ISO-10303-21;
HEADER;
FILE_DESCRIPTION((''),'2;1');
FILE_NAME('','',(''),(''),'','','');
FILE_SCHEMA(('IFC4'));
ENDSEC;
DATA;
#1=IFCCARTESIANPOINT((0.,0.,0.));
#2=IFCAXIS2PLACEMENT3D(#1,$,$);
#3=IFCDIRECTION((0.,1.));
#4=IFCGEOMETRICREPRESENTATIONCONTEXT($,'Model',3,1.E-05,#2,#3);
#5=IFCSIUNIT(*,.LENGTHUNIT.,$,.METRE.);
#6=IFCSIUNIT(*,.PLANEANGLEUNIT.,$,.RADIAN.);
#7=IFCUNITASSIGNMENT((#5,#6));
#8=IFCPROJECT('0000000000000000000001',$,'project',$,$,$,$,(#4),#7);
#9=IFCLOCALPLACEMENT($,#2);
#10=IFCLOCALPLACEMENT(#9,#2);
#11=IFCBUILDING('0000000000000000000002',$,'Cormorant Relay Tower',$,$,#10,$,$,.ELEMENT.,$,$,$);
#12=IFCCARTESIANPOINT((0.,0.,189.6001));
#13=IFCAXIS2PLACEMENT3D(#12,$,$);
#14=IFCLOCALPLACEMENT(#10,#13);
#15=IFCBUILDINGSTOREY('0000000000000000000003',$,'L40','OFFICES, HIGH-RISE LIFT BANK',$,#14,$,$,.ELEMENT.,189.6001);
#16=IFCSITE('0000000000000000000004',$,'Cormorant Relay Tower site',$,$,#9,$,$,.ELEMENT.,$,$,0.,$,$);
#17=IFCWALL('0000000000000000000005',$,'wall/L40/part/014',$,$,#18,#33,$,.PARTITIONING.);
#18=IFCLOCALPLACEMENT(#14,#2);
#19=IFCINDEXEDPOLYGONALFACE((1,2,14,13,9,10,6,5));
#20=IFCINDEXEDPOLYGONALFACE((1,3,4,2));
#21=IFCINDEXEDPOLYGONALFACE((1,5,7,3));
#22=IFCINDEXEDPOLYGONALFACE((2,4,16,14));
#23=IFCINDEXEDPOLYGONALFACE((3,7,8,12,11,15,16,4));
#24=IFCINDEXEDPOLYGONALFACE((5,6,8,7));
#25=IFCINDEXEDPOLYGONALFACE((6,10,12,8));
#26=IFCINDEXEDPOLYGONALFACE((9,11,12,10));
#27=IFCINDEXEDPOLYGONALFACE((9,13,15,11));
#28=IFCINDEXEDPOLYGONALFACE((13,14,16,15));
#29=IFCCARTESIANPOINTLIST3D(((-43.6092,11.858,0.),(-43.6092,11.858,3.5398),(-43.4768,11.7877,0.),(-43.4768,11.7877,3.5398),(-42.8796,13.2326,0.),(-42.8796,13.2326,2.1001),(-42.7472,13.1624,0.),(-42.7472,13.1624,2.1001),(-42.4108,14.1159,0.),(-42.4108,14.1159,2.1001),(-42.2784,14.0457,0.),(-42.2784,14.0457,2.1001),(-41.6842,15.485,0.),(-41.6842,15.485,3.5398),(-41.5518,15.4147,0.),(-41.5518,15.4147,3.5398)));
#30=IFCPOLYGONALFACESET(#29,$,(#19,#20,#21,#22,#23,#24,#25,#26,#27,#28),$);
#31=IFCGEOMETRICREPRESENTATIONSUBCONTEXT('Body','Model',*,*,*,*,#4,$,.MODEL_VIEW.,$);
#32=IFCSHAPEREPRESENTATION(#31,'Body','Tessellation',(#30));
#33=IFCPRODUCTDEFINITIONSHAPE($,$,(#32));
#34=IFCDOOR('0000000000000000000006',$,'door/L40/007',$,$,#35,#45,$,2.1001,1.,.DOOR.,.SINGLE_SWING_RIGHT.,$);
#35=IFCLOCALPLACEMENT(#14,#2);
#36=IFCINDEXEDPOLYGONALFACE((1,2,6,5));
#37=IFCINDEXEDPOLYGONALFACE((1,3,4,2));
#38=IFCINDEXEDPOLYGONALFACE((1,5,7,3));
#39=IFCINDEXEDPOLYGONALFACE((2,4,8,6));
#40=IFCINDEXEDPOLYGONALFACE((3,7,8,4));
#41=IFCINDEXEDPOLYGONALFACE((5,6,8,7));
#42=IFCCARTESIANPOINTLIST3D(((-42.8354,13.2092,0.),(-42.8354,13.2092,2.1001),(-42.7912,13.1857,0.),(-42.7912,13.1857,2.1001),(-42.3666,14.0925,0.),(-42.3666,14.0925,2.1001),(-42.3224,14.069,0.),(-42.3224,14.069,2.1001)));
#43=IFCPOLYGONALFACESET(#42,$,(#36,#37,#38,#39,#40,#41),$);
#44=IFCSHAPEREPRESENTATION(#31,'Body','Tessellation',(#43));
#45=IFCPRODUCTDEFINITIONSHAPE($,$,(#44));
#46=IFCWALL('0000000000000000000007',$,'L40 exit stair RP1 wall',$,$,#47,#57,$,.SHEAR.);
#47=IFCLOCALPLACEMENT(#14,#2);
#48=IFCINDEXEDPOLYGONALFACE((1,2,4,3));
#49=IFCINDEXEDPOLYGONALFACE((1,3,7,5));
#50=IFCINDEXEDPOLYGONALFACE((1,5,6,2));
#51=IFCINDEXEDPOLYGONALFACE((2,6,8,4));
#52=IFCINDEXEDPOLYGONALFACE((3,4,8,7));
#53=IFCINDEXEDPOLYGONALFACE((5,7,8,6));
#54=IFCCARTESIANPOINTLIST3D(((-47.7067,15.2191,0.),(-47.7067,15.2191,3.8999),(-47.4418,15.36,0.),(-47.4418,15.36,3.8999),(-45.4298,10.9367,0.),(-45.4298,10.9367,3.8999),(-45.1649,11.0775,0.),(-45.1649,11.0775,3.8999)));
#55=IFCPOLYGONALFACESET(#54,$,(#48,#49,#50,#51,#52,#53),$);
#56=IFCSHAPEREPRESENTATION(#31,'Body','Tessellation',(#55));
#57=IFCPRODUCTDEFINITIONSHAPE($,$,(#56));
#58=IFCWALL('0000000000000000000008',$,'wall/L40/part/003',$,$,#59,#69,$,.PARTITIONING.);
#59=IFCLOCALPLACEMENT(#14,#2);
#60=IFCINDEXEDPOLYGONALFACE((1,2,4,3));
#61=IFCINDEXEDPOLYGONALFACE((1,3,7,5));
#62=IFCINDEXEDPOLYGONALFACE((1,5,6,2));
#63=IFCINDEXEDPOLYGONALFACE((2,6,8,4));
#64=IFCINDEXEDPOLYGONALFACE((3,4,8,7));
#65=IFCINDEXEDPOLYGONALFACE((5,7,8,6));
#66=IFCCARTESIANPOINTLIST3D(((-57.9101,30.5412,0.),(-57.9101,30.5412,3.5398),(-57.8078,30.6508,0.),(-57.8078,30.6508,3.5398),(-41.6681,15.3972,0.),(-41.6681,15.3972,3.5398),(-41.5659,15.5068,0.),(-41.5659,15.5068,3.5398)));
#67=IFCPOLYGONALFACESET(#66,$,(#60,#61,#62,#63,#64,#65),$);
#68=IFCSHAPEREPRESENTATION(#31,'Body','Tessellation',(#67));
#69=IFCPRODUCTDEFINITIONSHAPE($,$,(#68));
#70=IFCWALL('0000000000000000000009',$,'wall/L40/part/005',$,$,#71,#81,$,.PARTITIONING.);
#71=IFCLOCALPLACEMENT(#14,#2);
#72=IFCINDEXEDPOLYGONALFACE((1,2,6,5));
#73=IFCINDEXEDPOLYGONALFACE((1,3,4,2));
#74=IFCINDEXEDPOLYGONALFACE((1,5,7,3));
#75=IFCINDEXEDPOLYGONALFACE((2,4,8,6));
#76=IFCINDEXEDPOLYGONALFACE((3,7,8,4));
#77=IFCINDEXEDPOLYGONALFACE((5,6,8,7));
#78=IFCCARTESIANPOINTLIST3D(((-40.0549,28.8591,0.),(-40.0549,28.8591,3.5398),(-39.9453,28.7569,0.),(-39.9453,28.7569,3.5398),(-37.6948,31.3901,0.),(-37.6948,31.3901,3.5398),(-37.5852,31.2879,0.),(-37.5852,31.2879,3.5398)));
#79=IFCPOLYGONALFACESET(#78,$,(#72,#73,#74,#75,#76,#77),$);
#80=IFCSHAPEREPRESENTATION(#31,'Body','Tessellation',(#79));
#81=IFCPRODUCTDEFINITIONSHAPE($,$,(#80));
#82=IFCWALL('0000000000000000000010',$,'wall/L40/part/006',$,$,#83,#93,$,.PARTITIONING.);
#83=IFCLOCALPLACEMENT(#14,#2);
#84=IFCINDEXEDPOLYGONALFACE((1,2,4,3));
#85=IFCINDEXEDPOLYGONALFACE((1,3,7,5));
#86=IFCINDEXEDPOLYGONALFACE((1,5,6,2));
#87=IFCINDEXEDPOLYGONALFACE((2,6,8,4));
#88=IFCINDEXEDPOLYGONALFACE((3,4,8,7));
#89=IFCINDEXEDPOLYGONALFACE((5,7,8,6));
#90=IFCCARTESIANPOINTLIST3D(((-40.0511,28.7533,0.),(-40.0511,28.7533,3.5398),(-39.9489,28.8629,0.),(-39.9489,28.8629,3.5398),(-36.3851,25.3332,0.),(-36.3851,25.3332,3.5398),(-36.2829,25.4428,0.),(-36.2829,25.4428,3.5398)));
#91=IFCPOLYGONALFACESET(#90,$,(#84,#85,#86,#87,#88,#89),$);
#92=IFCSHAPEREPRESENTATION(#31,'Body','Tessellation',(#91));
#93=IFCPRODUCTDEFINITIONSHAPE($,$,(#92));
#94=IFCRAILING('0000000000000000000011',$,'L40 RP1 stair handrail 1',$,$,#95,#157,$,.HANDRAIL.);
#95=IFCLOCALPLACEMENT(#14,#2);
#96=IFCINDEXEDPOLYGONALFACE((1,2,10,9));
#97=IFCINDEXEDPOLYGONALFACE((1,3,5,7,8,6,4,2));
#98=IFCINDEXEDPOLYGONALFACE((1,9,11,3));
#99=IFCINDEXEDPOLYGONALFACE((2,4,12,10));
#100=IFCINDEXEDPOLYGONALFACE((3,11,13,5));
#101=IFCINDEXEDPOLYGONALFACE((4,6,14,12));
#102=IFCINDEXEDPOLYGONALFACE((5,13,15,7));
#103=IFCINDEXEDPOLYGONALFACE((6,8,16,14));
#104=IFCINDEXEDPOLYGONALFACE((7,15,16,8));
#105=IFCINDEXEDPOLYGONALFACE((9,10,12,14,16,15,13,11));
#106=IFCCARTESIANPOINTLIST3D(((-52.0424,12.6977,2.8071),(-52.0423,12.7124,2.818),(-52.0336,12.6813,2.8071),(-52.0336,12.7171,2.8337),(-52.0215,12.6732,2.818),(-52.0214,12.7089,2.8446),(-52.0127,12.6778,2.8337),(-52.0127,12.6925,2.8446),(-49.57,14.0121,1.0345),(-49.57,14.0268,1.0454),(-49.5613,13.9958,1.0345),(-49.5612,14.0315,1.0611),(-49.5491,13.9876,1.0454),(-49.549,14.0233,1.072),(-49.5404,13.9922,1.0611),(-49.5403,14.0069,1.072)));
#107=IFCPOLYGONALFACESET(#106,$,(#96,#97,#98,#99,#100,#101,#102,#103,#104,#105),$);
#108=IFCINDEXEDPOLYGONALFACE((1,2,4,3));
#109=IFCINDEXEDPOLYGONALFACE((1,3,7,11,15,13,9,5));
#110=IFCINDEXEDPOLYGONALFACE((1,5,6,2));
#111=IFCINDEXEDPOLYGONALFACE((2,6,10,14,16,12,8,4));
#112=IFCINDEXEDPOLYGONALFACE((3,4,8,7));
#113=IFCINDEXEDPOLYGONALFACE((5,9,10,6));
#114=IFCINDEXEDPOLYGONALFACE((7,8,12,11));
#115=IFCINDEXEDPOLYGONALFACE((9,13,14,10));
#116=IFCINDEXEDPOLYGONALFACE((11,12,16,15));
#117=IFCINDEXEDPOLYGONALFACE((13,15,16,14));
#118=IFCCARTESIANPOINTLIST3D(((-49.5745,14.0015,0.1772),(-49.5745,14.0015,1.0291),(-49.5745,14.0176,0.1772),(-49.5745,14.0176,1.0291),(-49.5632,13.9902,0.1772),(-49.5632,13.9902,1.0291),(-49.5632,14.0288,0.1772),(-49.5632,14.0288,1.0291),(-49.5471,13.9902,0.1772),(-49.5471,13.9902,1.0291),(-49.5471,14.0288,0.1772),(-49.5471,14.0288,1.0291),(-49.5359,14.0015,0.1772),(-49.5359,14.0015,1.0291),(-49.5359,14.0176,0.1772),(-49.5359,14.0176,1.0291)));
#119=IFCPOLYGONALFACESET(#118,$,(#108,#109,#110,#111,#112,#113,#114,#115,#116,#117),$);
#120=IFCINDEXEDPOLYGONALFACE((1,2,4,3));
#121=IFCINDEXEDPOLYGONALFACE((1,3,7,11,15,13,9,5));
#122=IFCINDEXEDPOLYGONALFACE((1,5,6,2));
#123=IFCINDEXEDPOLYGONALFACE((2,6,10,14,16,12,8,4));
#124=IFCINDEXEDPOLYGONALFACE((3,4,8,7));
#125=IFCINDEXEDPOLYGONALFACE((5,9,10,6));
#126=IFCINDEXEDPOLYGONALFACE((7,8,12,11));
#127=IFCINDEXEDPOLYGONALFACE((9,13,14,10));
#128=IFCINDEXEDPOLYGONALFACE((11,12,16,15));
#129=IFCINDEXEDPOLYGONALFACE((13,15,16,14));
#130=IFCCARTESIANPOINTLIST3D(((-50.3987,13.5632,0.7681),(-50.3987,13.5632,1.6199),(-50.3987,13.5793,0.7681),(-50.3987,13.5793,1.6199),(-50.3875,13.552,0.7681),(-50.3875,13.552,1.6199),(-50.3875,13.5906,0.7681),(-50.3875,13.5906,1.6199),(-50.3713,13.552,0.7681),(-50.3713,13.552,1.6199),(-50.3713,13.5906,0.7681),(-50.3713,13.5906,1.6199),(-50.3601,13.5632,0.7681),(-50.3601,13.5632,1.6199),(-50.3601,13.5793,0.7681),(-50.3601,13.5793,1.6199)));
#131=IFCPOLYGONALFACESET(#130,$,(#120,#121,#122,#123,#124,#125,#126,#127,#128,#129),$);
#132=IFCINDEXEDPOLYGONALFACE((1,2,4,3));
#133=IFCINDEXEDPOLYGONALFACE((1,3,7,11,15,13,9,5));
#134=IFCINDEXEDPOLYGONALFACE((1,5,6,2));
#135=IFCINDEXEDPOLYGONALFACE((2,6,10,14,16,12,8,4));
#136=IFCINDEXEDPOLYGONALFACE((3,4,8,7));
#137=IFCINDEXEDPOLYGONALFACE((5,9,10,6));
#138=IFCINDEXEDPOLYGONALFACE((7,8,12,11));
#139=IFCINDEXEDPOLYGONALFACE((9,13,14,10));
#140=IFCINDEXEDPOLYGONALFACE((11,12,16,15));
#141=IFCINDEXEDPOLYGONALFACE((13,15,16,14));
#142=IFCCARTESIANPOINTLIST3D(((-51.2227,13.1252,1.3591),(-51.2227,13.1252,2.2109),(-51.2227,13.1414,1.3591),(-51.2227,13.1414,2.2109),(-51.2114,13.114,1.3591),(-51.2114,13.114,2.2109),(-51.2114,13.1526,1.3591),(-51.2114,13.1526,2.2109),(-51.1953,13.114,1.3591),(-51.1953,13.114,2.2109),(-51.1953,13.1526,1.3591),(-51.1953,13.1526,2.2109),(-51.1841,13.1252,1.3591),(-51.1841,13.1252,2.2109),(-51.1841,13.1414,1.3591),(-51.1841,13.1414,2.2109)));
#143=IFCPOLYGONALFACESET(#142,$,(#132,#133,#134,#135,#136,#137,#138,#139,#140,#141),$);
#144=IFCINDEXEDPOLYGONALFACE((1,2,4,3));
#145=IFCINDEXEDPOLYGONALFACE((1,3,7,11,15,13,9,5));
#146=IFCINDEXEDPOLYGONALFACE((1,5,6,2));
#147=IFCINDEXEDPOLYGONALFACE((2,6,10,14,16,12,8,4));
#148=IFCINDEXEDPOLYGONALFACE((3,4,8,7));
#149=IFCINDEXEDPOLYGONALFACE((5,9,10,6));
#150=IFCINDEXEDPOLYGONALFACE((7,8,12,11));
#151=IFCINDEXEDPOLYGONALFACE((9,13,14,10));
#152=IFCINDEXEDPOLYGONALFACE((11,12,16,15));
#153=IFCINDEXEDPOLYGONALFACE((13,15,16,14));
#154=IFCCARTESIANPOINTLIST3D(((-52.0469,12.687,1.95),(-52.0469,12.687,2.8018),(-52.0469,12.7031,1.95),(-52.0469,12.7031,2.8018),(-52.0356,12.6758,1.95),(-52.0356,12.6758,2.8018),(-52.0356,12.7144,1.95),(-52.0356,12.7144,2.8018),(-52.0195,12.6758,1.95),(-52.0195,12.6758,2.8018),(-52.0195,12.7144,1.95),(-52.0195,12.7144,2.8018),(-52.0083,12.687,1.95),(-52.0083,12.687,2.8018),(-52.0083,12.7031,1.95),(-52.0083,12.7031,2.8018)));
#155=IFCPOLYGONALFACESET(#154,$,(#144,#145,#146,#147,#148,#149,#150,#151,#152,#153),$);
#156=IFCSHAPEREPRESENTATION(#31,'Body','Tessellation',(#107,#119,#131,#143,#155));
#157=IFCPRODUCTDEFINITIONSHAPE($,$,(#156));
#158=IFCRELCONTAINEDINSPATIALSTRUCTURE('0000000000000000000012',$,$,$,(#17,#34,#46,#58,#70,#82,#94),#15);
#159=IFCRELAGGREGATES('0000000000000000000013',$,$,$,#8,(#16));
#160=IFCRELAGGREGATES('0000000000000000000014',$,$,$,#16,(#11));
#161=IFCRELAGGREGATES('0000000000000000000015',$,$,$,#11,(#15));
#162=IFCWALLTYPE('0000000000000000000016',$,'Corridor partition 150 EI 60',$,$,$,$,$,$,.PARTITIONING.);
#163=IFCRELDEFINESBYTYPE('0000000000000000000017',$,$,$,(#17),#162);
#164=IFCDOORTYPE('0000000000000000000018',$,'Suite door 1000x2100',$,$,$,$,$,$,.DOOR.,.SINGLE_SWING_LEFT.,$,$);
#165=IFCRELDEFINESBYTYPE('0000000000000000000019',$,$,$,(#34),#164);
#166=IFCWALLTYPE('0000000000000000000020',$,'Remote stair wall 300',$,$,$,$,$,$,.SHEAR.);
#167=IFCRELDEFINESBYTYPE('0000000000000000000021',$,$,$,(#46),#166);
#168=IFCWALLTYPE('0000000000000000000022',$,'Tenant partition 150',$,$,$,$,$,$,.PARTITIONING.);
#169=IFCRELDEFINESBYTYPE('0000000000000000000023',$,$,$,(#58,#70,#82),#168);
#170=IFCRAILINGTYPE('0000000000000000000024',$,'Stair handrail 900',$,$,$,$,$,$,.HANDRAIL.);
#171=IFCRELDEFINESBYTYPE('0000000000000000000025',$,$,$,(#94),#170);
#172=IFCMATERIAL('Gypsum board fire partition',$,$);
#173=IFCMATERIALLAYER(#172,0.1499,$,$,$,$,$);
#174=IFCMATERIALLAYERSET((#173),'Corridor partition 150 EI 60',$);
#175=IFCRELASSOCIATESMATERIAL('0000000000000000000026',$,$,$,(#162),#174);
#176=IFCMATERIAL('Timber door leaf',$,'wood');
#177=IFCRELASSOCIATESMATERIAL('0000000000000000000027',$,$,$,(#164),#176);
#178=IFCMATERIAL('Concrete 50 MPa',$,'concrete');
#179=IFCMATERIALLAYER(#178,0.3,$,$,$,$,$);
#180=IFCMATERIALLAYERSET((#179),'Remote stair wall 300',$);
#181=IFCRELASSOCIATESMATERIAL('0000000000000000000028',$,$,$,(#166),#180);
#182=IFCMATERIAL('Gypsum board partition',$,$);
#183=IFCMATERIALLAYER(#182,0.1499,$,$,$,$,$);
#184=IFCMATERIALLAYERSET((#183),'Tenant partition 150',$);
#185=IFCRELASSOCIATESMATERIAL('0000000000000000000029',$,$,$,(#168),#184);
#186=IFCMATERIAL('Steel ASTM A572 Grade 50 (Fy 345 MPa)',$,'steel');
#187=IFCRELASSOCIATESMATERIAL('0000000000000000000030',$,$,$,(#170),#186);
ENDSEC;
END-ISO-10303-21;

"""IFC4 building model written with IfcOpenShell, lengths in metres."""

from ifc_helpers import new_model, si_unit, direction, frame, frame_2d, origin, place, context, subcontext, project, spatial, polyline, rectangle, outline, extrude, material, layer, layer_set, type_object, element, fill, save


model = new_model("IFC4")

# Units and contexts
model_context = context("Model", 3, precision=1e-05, world=origin(), true_north=direction((0.0, 1.0)))
body_context = subcontext(model_context, "Body", "Model", "MODEL_VIEW")
ifc_project = project(units=[si_unit("LENGTHUNIT", "METRE"), si_unit("PLANEANGLEUNIT", "RADIAN")], contexts=[model_context])

# Site, building, storey
site_placement = place(None, origin())
site = spatial("IfcSite", under=ifc_project, at=site_placement, Name="Cormorant Relay Tower site", CompositionType="ELEMENT", RefElevation=0.0)
building_placement = place(site_placement, origin())
building = spatial("IfcBuilding", under=site, at=building_placement, Name="Cormorant Relay Tower", CompositionType="ELEMENT")
storey_placement = place(building_placement, frame((0.0, 0.0, 189.6001)))
storey = spatial("IfcBuildingStorey", under=building, at=storey_placement, Name="L40", Description="OFFICES, HIGH-RISE LIFT BANK", CompositionType="ELEMENT", Elevation=189.6001)

# Shared definitions
ifc_material_1 = material(Name="Gypsum board fire partition")
ifc_layer_1 = layer(ifc_material_1, 0.1499)
ifc_layer_set_1 = layer_set([ifc_layer_1], Name="Corridor partition 150 EI 60")
wall_type_1 = type_object("IfcWallType", Name="Corridor partition 150 EI 60", PredefinedType="PARTITIONING", material=ifc_layer_set_1)
ifc_material_2 = material(Name="Timber door leaf", Category="wood")
door_type_1 = type_object("IfcDoorType", Name="Suite door 1000x2100", OperationType="SINGLE_SWING_LEFT", PredefinedType="DOOR", material=ifc_material_2)

# Wall, opening, door
wall_1_placement = place(storey_placement, frame((-41.6179, 15.45, 0.0), z_axis=(0.0, 0.0, 1.0), x_axis=(-0.468819, -0.883294, 0.0)))
wall_1 = element("IfcWall", 1, at=wall_1_placement, inside=storey, type_object=wall_type_1, Name="wall/L40/part/014", PredefinedType="PARTITIONING", context=body_context, shape_type="SweptSolid", body=[
    extrude(rectangle(XDim=4.1062, YDim=0.1499, at=frame_2d((2.0532, 0.0))), origin(), (0.0, 0.0, 1.0), 3.5398),
])
opening_1_placement = place(wall_1_placement, frame((1.55, 0.0, 0.0)))
opening_1 = element("IfcOpeningElement", 2, at=opening_1_placement, cuts=wall_1, PredefinedType="OPENING", context=body_context, shape_type="SweptSolid", body=[
    extrude(rectangle(XDim=1.0, YDim=2.1001, at=frame_2d((0.5, 1.05))), frame((0.0, 0.085, 0.0), z_axis=(0.0, -1.0, 0.0), x_axis=(1.0, 0.0, 0.0)), (0.0, 0.0, 1.0), 0.1699),
])
door_1_placement = place(opening_1_placement, frame((1.0, 0.0, 0.0), z_axis=(0.0, 0.0, 1.0), x_axis=(-1.0, 0.0, 0.0)))
door_1 = element("IfcDoor", 3, at=door_1_placement, inside=storey, type_object=door_type_1, Name="door/L40/007", OperationType="SINGLE_SWING_RIGHT", OverallHeight=2.1001, OverallWidth=1.0, PredefinedType="DOOR", context=body_context, shape_type="SweptSolid", body=[
    extrude(rectangle(XDim=1.0, YDim=2.1001, at=frame_2d((0.5, 1.05))), frame((0.0, 0.0249, 0.0), z_axis=(0.0, -1.0, 0.0), x_axis=(1.0, 0.0, 0.0)), (0.0, 0.0, 1.0), 0.05),
])
fill(opening_1, door_1)

# Walls
ifc_material_3 = material(Name="Concrete 50 MPa", Category="concrete")
ifc_layer_2 = layer(ifc_material_3, 0.3)
ifc_layer_set_2 = layer_set([ifc_layer_2], Name="Remote stair wall 300")
wall_type_2 = type_object("IfcWallType", Name="Remote stair wall 300", PredefinedType="SHEAR", material=ifc_layer_set_2)
wall_2_placement = place(storey_placement, frame((-47.5742, 15.2896, 0.0), z_axis=(0.0, 0.0, 1.0), x_axis=(0.469443, -0.882963, 0.0)))
element("IfcWall", 4, at=wall_2_placement, inside=storey, type_object=wall_type_2, Name="L40 exit stair RP1 wall", PredefinedType="SHEAR", context=body_context, shape_type="SweptSolid", body=[
    extrude(rectangle(XDim=4.8501, YDim=0.3, at=frame_2d((2.425, 0.0))), origin(), (0.0, 0.0, 1.0), 3.8999),
])
ifc_material_4 = material(Name="Gypsum board partition")
ifc_layer_3 = layer(ifc_material_4, 0.1499)
ifc_layer_set_3 = layer_set([ifc_layer_3], Name="Tenant partition 150")
wall_type_3 = type_object("IfcWallType", Name="Tenant partition 150", PredefinedType="PARTITIONING", material=ifc_layer_set_3)
wall_3_placement = place(storey_placement, frame((-41.6169, 15.4519, 0.0), z_axis=(0.0, 0.0, 1.0), x_axis=(-0.731394, 0.681955, 0.0)))
element("IfcWall", 5, at=wall_3_placement, inside=storey, type_object=wall_type_3, Name="wall/L40/part/003", PredefinedType="PARTITIONING", context=body_context, shape_type="SweptSolid", body=[
    extrude(rectangle(XDim=22.2068, YDim=0.1499, at=frame_2d((11.1035, 0.0))), origin(), (0.0, 0.0, 1.0), 3.5398),
])
wall_4_placement = place(storey_placement, frame((-37.6399, 31.3391, 0.0), z_axis=(0.0, 0.0, 1.0), x_axis=(-0.681984, -0.731367, 0.0)))
element("IfcWall", 6, at=wall_4_placement, inside=storey, type_object=wall_type_3, Name="wall/L40/part/005", PredefinedType="PARTITIONING", context=body_context, shape_type="SweptSolid", body=[
    extrude(rectangle(XDim=3.4607, YDim=0.1499, at=frame_2d((1.7305, 0.0))), origin(), (0.0, 0.0, 1.0), 3.5398),
])
wall_5_placement = place(storey_placement, frame((-40.0, 28.8081, 0.0), z_axis=(0.0, 0.0, 1.0), x_axis=(0.731199, -0.682164, 0.0)))
element("IfcWall", 7, at=wall_5_placement, inside=storey, type_object=wall_type_3, Name="wall/L40/part/006", PredefinedType="PARTITIONING", context=body_context, shape_type="SweptSolid", body=[
    extrude(rectangle(XDim=5.0137, YDim=0.1499, at=frame_2d((2.5068, 0.0))), origin(), (0.0, 0.0, 1.0), 3.5398),
])

# Railing
ifc_material_5 = material(Name="Steel ASTM A572 Grade 50 (Fy 345 MPa)", Category="steel")
railing_type = type_object("IfcRailingType", Name="Stair handrail 900", PredefinedType="HANDRAIL", material=ifc_material_5)
railing_placement = place(storey_placement, frame((-49.5552, 14.0095, 0.1772)))
element("IfcRailing", 8, at=railing_placement, inside=storey, type_object=railing_type, Name="L40 RP1 stair handrail 1", PredefinedType="HANDRAIL", context=body_context, shape_type="SweptSolid", body=[
    extrude(outline(polyline([(0.0222, 0.0093), (0.0093, 0.0222), (-0.0093, 0.0222), (-0.0222, 0.0093), (-0.0222, -0.0093), (-0.0093, -0.0222), (0.0093, -0.0222), (0.0222, -0.0093), (0.0222, 0.0093)])), frame((0.0, 0.0, 0.876), z_axis=(-0.746034, -0.396627, 0.534902), x_axis=(0.469429, -0.88297, 0.0)), (0.0, 0.0, 1.0), 3.314),
    extrude(outline(polyline([(0.0193, 0.0081), (0.0081, 0.0193), (-0.0081, 0.0193), (-0.0193, 0.0081), (-0.0193, -0.0081), (-0.0081, -0.0193), (0.0081, -0.0193), (0.0193, -0.0081), (0.0193, 0.0081)])), origin(), (0.0, 0.0, 1.0), 0.8518),
    extrude(outline(polyline([(0.0193, 0.0081), (0.0081, 0.0193), (-0.0081, 0.0193), (-0.0193, 0.0081), (-0.0193, -0.0081), (-0.0081, -0.0193), (0.0081, -0.0193), (0.0193, -0.0081), (0.0193, 0.0081)])), frame((-0.8242, -0.4382, 0.5908)), (0.0, 0.0, 1.0), 0.8518),
    extrude(outline(polyline([(0.0193, 0.0081), (0.0081, 0.0193), (-0.0081, 0.0193), (-0.0193, 0.0081), (-0.0193, -0.0081), (-0.0081, -0.0193), (0.0081, -0.0193), (0.0193, -0.0081), (0.0193, 0.0081)])), frame((-1.6482, -0.8762, 1.1819)), (0.0, 0.0, 1.0), 0.8518),
    extrude(outline(polyline([(0.0193, 0.0081), (0.0081, 0.0193), (-0.0081, 0.0193), (-0.0193, 0.0081), (-0.0193, -0.0081), (-0.0081, -0.0193), (0.0081, -0.0193), (0.0193, -0.0081), (0.0193, 0.0081)])), frame((-2.4724, -1.3145, 1.7727)), (0.0, 0.0, 1.0), 0.8518),
])

save(model, "model.ifc")
